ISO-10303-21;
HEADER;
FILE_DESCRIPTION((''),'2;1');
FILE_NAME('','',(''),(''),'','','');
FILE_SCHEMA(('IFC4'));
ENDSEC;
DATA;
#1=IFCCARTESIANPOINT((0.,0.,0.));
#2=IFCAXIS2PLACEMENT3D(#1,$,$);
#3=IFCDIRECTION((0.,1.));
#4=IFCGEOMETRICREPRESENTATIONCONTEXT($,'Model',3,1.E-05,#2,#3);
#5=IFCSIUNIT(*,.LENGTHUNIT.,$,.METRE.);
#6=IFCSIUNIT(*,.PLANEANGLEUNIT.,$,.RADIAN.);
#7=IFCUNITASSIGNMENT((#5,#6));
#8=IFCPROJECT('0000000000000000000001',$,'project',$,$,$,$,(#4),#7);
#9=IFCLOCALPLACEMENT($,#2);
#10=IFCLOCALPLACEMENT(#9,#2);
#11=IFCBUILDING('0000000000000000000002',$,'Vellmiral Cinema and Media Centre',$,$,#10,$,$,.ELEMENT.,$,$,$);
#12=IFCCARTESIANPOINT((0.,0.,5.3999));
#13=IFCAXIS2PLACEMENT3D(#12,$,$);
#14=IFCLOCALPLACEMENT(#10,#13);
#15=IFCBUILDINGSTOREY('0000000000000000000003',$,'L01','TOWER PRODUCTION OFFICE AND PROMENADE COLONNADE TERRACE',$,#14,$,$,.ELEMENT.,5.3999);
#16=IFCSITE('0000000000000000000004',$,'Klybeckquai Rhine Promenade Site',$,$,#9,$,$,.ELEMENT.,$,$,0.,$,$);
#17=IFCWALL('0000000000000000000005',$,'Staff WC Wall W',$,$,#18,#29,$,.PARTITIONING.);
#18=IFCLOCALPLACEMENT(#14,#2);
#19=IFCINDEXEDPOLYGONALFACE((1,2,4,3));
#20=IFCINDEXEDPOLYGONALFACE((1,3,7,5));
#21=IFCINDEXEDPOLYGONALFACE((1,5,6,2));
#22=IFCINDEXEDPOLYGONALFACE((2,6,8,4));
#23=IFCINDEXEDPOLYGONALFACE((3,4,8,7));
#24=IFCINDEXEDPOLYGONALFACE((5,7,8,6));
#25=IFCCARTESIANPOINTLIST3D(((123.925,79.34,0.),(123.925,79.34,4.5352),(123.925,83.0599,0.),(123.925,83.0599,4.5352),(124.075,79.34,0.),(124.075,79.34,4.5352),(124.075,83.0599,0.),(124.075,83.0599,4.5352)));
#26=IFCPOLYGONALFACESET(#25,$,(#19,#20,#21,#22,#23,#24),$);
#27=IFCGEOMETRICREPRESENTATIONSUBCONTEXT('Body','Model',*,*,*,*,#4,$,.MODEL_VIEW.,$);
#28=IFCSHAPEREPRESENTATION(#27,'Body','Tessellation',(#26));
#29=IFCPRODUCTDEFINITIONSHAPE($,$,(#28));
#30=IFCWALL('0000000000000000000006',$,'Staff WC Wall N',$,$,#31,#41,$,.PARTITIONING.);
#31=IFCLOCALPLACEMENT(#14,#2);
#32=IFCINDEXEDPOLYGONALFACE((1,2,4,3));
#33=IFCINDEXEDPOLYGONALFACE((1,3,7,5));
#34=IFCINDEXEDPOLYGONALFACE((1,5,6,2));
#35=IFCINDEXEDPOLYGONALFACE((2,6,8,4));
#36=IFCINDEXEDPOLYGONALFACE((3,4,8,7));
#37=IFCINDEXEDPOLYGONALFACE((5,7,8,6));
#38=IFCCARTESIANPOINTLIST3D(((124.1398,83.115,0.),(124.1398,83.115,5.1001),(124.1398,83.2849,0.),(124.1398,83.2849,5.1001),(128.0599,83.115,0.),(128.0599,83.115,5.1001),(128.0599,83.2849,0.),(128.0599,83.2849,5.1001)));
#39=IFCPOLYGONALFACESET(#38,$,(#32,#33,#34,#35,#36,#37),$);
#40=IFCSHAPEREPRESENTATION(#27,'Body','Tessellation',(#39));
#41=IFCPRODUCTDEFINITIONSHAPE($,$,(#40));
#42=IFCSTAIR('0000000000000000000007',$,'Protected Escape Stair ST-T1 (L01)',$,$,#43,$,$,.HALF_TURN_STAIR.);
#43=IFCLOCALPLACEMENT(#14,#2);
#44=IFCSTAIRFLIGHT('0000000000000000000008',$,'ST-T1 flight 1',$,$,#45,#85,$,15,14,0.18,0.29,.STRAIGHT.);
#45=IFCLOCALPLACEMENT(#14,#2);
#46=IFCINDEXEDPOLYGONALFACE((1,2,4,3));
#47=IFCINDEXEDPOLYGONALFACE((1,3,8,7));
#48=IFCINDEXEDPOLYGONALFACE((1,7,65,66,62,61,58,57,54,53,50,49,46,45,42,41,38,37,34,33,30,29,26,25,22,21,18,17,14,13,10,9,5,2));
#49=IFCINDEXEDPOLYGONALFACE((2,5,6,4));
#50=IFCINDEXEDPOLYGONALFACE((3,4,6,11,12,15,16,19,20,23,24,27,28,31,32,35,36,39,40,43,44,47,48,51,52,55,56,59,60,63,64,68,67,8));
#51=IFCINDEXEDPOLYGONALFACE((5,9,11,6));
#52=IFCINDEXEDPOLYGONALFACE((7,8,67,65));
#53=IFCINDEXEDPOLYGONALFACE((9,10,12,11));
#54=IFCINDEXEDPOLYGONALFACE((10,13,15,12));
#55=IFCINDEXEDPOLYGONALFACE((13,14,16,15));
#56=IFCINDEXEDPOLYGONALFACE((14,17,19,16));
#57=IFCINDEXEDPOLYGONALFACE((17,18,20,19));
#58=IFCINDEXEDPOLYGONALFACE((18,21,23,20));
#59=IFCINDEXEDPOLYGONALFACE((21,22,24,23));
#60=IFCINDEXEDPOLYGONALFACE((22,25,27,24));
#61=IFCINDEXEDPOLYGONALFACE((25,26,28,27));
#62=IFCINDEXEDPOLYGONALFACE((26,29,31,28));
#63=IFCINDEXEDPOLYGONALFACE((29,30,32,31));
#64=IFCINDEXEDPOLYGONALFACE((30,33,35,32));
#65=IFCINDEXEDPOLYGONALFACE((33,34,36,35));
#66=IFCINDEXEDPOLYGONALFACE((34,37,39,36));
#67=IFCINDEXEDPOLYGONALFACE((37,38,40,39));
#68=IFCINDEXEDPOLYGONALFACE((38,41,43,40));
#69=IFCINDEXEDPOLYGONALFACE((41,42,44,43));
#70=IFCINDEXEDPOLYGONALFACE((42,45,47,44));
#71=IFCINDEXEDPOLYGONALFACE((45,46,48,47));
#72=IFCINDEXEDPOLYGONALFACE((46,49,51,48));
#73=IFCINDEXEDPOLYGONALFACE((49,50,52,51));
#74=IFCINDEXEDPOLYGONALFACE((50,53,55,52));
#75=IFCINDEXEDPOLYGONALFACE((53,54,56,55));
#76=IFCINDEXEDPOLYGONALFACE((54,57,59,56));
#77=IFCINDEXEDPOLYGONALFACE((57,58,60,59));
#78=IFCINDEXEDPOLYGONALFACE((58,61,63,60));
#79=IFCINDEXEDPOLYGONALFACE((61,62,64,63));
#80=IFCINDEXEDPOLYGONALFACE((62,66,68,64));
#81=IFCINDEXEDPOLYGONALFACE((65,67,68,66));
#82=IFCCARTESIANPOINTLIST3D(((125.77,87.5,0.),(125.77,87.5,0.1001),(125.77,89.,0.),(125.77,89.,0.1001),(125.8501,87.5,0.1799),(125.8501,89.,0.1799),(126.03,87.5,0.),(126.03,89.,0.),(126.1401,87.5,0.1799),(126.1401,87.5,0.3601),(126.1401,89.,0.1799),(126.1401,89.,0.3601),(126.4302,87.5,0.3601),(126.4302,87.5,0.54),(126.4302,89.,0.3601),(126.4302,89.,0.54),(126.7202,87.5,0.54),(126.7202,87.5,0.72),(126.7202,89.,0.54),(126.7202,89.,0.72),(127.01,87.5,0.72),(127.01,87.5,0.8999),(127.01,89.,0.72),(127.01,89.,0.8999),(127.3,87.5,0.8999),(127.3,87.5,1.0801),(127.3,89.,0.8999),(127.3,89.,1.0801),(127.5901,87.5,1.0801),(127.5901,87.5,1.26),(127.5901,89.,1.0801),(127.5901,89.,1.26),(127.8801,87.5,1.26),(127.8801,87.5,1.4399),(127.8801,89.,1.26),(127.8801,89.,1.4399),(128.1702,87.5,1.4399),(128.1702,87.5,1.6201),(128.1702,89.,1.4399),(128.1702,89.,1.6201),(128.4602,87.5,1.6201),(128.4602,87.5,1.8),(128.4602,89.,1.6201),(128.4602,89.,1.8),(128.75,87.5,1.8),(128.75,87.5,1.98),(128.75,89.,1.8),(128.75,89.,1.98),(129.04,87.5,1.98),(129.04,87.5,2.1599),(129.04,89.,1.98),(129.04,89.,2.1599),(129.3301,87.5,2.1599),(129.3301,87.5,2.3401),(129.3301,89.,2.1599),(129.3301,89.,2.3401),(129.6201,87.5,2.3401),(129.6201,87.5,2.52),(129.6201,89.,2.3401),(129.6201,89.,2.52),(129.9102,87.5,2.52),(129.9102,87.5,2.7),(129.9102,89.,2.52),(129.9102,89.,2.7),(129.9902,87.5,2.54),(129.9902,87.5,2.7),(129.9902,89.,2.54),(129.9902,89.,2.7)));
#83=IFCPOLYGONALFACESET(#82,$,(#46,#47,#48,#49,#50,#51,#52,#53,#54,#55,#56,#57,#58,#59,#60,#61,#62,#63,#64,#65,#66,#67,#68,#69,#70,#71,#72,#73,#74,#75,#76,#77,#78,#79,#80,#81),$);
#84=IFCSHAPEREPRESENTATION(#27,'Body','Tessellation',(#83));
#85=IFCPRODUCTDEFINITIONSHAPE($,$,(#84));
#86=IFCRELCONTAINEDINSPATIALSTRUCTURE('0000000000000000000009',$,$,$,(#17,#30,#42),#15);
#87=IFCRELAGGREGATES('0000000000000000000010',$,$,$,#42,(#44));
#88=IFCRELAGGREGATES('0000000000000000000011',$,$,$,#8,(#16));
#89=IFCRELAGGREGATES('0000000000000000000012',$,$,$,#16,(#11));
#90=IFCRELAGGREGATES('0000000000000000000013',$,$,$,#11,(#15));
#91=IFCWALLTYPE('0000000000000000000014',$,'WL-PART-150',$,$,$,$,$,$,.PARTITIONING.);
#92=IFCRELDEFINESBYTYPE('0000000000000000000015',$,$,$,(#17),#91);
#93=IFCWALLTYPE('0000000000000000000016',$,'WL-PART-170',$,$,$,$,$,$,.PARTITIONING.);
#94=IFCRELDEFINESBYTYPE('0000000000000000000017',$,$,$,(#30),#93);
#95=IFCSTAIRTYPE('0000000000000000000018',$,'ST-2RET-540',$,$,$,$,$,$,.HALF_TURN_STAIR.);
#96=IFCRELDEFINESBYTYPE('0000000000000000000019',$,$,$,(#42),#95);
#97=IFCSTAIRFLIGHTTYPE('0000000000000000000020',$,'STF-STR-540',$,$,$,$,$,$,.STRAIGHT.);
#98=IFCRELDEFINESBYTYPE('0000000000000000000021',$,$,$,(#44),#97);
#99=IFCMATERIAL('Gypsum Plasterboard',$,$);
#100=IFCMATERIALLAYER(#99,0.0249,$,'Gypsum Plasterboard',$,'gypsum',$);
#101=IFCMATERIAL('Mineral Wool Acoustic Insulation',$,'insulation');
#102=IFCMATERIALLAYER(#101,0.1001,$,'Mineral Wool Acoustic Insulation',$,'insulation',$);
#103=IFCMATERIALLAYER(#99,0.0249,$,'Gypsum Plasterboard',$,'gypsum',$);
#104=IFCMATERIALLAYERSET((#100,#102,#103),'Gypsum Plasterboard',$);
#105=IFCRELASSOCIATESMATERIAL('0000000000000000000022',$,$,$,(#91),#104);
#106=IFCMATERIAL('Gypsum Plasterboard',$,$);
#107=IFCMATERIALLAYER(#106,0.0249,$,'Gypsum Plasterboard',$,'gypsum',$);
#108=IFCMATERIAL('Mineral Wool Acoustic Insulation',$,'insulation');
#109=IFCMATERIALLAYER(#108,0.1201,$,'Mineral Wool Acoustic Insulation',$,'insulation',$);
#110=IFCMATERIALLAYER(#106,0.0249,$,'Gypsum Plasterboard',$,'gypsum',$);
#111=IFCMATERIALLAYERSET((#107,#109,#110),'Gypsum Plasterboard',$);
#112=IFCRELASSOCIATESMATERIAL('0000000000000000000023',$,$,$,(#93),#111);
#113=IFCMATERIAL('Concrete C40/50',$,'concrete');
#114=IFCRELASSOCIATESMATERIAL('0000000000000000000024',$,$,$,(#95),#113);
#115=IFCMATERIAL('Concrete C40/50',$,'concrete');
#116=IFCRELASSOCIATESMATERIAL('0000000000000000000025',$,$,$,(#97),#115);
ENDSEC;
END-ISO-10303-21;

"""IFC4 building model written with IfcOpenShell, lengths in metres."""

from ifc_helpers import new_model, si_unit, direction, frame, frame_2d, origin, place, context, subcontext, project, spatial, polyline, rectangle, outline, extrude, material, layer, layer_set, type_object, element, aggregate, save


model = new_model("IFC4")

# Units and contexts
model_context = context("Model", 3, precision=1e-05, world=origin(), true_north=direction((0.0, 1.0)))
body_context = subcontext(model_context, "Body", "Model", "MODEL_VIEW")
ifc_project = project(units=[si_unit("LENGTHUNIT", "METRE"), si_unit("PLANEANGLEUNIT", "RADIAN")], contexts=[model_context])

# Site, building, storey
site_placement = place(None, origin())
site = spatial("IfcSite", under=ifc_project, at=site_placement, Name="Klybeckquai Rhine Promenade Site", CompositionType="ELEMENT", RefElevation=0.0)
building_placement = place(site_placement, origin())
building = spatial("IfcBuilding", under=site, at=building_placement, Name="Vellmiral Cinema and Media Centre", CompositionType="ELEMENT")
storey_placement = place(building_placement, frame((0.0, 0.0, 5.3999)))
storey = spatial("IfcBuildingStorey", under=building, at=storey_placement, Name="L01", Description="TOWER PRODUCTION OFFICE AND PROMENADE COLONNADE TERRACE", CompositionType="ELEMENT", Elevation=5.3999)

# Walls
ifc_material_1 = material(Name="Gypsum Plasterboard")
ifc_layer_1 = layer(ifc_material_1, 0.0249, Name="Gypsum Plasterboard", Category="gypsum")
ifc_material_2 = material(Name="Mineral Wool Acoustic Insulation", Category="insulation")
ifc_layer_2 = layer(ifc_material_2, 0.1001, Name="Mineral Wool Acoustic Insulation", Category="insulation")
ifc_layer_3 = layer(ifc_material_1, 0.0249, Name="Gypsum Plasterboard", Category="gypsum")
ifc_layer_set_1 = layer_set([ifc_layer_1, ifc_layer_2, ifc_layer_3], Name="Gypsum Plasterboard")
wall_type_1 = type_object("IfcWallType", Name="WL-PART-150", PredefinedType="PARTITIONING", material=ifc_layer_set_1)
wall_1_placement = place(storey_placement, frame((124.0, 79.3401, 0.0), z_axis=(0.0, 0.0, 1.0), x_axis=(0.0, 1.0, 0.0)))
element("IfcWall", 1, at=wall_1_placement, inside=storey, type_object=wall_type_1, Name="Staff WC Wall W", PredefinedType="PARTITIONING", context=body_context, shape_type="SweptSolid", body=[
    extrude(rectangle(XDim=3.72, YDim=0.1499, at=frame_2d((1.8599, 0.0))), origin(), (0.0, 0.0, 1.0), 4.5352),
])
ifc_material_3 = material(Name="Gypsum Plasterboard")
ifc_layer_4 = layer(ifc_material_3, 0.0249, Name="Gypsum Plasterboard", Category="gypsum")
ifc_material_4 = material(Name="Mineral Wool Acoustic Insulation", Category="insulation")
ifc_layer_5 = layer(ifc_material_4, 0.1201, Name="Mineral Wool Acoustic Insulation", Category="insulation")
ifc_layer_6 = layer(ifc_material_3, 0.0249, Name="Gypsum Plasterboard", Category="gypsum")
ifc_layer_set_2 = layer_set([ifc_layer_4, ifc_layer_5, ifc_layer_6], Name="Gypsum Plasterboard")
wall_type_2 = type_object("IfcWallType", Name="WL-PART-170", PredefinedType="PARTITIONING", material=ifc_layer_set_2)
wall_2_placement = place(storey_placement, frame((124.1399, 83.2, 0.0), z_axis=(0.0, 0.0, 1.0), x_axis=(1.0, 0.0, 0.0)))
element("IfcWall", 2, at=wall_2_placement, inside=storey, type_object=wall_type_2, Name="Staff WC Wall N", PredefinedType="PARTITIONING", context=body_context, shape_type="SweptSolid", body=[
    extrude(rectangle(XDim=3.9202, YDim=0.1699, at=frame_2d((1.96, 0.0))), origin(), (0.0, 0.0, 1.0), 5.1001),
])

# Stair, stair flight
ifc_material_5 = material(Name="Concrete C40/50", Category="concrete")
stair_type = type_object("IfcStairType", Name="ST-2RET-540", PredefinedType="HALF_TURN_STAIR", material=ifc_material_5)
stair_placement = place(storey_placement, origin())
stair = element("IfcStair", 3, at=stair_placement, inside=storey, type_object=stair_type, Name="Protected Escape Stair ST-T1 (L01)", PredefinedType="HALF_TURN_STAIR")
ifc_material_6 = material(Name="Concrete C40/50", Category="concrete")
stair_flight_type = type_object("IfcStairFlightType", Name="STF-STR-540", PredefinedType="STRAIGHT", material=ifc_material_6)
stair_flight_placement = place(storey_placement, frame((125.8501, 88.25, 0.0), z_axis=(0.0, 0.0, 1.0), x_axis=(1.0, 0.0, 0.0)))
stair_flight = element("IfcStairFlight", 4, at=stair_flight_placement, type_object=stair_flight_type, Name="ST-T1 flight 1", NumberOfRisers=15, NumberOfTreads=14, PredefinedType="STRAIGHT", RiserHeight=0.18, TreadLength=0.29, context=body_context, shape_type="SweptSolid", body=[
    extrude(outline(polyline([(-0.0801, 0.0), (-0.0801, 0.1001), (0.0, 0.1799), (0.29, 0.1799), (0.29, 0.3601), (0.5801, 0.3601), (0.5801, 0.54), (0.8701, 0.54), (0.8701, 0.72), (1.1599, 0.72), (1.1599, 0.8999), (1.45, 0.8999), (1.45, 1.0801), (1.74, 1.0801), (1.74, 1.26), (2.03, 1.26), (2.03, 1.4399), (2.3201, 1.4399), (2.3201, 1.6201), (2.6101, 1.6201), (2.6101, 1.8), (2.8999, 1.8), (2.8999, 1.98), (3.1899, 1.98), (3.1899, 2.1599), (3.48, 2.1599), (3.48, 2.3401), (3.77, 2.3401), (3.77, 2.52), (4.0601, 2.52), (4.0601, 2.7), (4.1401, 2.7), (4.1401, 2.54), (0.1799, 0.0), (-0.0801, 0.0)])), frame((0.0, 0.75, 0.0), z_axis=(0.0, -1.0, 0.0), x_axis=(1.0, 0.0, 0.0)), (0.0, 0.0, 1.0), 1.5),
])
aggregate(stair, [stair_flight])

save(model, "model.ifc")
